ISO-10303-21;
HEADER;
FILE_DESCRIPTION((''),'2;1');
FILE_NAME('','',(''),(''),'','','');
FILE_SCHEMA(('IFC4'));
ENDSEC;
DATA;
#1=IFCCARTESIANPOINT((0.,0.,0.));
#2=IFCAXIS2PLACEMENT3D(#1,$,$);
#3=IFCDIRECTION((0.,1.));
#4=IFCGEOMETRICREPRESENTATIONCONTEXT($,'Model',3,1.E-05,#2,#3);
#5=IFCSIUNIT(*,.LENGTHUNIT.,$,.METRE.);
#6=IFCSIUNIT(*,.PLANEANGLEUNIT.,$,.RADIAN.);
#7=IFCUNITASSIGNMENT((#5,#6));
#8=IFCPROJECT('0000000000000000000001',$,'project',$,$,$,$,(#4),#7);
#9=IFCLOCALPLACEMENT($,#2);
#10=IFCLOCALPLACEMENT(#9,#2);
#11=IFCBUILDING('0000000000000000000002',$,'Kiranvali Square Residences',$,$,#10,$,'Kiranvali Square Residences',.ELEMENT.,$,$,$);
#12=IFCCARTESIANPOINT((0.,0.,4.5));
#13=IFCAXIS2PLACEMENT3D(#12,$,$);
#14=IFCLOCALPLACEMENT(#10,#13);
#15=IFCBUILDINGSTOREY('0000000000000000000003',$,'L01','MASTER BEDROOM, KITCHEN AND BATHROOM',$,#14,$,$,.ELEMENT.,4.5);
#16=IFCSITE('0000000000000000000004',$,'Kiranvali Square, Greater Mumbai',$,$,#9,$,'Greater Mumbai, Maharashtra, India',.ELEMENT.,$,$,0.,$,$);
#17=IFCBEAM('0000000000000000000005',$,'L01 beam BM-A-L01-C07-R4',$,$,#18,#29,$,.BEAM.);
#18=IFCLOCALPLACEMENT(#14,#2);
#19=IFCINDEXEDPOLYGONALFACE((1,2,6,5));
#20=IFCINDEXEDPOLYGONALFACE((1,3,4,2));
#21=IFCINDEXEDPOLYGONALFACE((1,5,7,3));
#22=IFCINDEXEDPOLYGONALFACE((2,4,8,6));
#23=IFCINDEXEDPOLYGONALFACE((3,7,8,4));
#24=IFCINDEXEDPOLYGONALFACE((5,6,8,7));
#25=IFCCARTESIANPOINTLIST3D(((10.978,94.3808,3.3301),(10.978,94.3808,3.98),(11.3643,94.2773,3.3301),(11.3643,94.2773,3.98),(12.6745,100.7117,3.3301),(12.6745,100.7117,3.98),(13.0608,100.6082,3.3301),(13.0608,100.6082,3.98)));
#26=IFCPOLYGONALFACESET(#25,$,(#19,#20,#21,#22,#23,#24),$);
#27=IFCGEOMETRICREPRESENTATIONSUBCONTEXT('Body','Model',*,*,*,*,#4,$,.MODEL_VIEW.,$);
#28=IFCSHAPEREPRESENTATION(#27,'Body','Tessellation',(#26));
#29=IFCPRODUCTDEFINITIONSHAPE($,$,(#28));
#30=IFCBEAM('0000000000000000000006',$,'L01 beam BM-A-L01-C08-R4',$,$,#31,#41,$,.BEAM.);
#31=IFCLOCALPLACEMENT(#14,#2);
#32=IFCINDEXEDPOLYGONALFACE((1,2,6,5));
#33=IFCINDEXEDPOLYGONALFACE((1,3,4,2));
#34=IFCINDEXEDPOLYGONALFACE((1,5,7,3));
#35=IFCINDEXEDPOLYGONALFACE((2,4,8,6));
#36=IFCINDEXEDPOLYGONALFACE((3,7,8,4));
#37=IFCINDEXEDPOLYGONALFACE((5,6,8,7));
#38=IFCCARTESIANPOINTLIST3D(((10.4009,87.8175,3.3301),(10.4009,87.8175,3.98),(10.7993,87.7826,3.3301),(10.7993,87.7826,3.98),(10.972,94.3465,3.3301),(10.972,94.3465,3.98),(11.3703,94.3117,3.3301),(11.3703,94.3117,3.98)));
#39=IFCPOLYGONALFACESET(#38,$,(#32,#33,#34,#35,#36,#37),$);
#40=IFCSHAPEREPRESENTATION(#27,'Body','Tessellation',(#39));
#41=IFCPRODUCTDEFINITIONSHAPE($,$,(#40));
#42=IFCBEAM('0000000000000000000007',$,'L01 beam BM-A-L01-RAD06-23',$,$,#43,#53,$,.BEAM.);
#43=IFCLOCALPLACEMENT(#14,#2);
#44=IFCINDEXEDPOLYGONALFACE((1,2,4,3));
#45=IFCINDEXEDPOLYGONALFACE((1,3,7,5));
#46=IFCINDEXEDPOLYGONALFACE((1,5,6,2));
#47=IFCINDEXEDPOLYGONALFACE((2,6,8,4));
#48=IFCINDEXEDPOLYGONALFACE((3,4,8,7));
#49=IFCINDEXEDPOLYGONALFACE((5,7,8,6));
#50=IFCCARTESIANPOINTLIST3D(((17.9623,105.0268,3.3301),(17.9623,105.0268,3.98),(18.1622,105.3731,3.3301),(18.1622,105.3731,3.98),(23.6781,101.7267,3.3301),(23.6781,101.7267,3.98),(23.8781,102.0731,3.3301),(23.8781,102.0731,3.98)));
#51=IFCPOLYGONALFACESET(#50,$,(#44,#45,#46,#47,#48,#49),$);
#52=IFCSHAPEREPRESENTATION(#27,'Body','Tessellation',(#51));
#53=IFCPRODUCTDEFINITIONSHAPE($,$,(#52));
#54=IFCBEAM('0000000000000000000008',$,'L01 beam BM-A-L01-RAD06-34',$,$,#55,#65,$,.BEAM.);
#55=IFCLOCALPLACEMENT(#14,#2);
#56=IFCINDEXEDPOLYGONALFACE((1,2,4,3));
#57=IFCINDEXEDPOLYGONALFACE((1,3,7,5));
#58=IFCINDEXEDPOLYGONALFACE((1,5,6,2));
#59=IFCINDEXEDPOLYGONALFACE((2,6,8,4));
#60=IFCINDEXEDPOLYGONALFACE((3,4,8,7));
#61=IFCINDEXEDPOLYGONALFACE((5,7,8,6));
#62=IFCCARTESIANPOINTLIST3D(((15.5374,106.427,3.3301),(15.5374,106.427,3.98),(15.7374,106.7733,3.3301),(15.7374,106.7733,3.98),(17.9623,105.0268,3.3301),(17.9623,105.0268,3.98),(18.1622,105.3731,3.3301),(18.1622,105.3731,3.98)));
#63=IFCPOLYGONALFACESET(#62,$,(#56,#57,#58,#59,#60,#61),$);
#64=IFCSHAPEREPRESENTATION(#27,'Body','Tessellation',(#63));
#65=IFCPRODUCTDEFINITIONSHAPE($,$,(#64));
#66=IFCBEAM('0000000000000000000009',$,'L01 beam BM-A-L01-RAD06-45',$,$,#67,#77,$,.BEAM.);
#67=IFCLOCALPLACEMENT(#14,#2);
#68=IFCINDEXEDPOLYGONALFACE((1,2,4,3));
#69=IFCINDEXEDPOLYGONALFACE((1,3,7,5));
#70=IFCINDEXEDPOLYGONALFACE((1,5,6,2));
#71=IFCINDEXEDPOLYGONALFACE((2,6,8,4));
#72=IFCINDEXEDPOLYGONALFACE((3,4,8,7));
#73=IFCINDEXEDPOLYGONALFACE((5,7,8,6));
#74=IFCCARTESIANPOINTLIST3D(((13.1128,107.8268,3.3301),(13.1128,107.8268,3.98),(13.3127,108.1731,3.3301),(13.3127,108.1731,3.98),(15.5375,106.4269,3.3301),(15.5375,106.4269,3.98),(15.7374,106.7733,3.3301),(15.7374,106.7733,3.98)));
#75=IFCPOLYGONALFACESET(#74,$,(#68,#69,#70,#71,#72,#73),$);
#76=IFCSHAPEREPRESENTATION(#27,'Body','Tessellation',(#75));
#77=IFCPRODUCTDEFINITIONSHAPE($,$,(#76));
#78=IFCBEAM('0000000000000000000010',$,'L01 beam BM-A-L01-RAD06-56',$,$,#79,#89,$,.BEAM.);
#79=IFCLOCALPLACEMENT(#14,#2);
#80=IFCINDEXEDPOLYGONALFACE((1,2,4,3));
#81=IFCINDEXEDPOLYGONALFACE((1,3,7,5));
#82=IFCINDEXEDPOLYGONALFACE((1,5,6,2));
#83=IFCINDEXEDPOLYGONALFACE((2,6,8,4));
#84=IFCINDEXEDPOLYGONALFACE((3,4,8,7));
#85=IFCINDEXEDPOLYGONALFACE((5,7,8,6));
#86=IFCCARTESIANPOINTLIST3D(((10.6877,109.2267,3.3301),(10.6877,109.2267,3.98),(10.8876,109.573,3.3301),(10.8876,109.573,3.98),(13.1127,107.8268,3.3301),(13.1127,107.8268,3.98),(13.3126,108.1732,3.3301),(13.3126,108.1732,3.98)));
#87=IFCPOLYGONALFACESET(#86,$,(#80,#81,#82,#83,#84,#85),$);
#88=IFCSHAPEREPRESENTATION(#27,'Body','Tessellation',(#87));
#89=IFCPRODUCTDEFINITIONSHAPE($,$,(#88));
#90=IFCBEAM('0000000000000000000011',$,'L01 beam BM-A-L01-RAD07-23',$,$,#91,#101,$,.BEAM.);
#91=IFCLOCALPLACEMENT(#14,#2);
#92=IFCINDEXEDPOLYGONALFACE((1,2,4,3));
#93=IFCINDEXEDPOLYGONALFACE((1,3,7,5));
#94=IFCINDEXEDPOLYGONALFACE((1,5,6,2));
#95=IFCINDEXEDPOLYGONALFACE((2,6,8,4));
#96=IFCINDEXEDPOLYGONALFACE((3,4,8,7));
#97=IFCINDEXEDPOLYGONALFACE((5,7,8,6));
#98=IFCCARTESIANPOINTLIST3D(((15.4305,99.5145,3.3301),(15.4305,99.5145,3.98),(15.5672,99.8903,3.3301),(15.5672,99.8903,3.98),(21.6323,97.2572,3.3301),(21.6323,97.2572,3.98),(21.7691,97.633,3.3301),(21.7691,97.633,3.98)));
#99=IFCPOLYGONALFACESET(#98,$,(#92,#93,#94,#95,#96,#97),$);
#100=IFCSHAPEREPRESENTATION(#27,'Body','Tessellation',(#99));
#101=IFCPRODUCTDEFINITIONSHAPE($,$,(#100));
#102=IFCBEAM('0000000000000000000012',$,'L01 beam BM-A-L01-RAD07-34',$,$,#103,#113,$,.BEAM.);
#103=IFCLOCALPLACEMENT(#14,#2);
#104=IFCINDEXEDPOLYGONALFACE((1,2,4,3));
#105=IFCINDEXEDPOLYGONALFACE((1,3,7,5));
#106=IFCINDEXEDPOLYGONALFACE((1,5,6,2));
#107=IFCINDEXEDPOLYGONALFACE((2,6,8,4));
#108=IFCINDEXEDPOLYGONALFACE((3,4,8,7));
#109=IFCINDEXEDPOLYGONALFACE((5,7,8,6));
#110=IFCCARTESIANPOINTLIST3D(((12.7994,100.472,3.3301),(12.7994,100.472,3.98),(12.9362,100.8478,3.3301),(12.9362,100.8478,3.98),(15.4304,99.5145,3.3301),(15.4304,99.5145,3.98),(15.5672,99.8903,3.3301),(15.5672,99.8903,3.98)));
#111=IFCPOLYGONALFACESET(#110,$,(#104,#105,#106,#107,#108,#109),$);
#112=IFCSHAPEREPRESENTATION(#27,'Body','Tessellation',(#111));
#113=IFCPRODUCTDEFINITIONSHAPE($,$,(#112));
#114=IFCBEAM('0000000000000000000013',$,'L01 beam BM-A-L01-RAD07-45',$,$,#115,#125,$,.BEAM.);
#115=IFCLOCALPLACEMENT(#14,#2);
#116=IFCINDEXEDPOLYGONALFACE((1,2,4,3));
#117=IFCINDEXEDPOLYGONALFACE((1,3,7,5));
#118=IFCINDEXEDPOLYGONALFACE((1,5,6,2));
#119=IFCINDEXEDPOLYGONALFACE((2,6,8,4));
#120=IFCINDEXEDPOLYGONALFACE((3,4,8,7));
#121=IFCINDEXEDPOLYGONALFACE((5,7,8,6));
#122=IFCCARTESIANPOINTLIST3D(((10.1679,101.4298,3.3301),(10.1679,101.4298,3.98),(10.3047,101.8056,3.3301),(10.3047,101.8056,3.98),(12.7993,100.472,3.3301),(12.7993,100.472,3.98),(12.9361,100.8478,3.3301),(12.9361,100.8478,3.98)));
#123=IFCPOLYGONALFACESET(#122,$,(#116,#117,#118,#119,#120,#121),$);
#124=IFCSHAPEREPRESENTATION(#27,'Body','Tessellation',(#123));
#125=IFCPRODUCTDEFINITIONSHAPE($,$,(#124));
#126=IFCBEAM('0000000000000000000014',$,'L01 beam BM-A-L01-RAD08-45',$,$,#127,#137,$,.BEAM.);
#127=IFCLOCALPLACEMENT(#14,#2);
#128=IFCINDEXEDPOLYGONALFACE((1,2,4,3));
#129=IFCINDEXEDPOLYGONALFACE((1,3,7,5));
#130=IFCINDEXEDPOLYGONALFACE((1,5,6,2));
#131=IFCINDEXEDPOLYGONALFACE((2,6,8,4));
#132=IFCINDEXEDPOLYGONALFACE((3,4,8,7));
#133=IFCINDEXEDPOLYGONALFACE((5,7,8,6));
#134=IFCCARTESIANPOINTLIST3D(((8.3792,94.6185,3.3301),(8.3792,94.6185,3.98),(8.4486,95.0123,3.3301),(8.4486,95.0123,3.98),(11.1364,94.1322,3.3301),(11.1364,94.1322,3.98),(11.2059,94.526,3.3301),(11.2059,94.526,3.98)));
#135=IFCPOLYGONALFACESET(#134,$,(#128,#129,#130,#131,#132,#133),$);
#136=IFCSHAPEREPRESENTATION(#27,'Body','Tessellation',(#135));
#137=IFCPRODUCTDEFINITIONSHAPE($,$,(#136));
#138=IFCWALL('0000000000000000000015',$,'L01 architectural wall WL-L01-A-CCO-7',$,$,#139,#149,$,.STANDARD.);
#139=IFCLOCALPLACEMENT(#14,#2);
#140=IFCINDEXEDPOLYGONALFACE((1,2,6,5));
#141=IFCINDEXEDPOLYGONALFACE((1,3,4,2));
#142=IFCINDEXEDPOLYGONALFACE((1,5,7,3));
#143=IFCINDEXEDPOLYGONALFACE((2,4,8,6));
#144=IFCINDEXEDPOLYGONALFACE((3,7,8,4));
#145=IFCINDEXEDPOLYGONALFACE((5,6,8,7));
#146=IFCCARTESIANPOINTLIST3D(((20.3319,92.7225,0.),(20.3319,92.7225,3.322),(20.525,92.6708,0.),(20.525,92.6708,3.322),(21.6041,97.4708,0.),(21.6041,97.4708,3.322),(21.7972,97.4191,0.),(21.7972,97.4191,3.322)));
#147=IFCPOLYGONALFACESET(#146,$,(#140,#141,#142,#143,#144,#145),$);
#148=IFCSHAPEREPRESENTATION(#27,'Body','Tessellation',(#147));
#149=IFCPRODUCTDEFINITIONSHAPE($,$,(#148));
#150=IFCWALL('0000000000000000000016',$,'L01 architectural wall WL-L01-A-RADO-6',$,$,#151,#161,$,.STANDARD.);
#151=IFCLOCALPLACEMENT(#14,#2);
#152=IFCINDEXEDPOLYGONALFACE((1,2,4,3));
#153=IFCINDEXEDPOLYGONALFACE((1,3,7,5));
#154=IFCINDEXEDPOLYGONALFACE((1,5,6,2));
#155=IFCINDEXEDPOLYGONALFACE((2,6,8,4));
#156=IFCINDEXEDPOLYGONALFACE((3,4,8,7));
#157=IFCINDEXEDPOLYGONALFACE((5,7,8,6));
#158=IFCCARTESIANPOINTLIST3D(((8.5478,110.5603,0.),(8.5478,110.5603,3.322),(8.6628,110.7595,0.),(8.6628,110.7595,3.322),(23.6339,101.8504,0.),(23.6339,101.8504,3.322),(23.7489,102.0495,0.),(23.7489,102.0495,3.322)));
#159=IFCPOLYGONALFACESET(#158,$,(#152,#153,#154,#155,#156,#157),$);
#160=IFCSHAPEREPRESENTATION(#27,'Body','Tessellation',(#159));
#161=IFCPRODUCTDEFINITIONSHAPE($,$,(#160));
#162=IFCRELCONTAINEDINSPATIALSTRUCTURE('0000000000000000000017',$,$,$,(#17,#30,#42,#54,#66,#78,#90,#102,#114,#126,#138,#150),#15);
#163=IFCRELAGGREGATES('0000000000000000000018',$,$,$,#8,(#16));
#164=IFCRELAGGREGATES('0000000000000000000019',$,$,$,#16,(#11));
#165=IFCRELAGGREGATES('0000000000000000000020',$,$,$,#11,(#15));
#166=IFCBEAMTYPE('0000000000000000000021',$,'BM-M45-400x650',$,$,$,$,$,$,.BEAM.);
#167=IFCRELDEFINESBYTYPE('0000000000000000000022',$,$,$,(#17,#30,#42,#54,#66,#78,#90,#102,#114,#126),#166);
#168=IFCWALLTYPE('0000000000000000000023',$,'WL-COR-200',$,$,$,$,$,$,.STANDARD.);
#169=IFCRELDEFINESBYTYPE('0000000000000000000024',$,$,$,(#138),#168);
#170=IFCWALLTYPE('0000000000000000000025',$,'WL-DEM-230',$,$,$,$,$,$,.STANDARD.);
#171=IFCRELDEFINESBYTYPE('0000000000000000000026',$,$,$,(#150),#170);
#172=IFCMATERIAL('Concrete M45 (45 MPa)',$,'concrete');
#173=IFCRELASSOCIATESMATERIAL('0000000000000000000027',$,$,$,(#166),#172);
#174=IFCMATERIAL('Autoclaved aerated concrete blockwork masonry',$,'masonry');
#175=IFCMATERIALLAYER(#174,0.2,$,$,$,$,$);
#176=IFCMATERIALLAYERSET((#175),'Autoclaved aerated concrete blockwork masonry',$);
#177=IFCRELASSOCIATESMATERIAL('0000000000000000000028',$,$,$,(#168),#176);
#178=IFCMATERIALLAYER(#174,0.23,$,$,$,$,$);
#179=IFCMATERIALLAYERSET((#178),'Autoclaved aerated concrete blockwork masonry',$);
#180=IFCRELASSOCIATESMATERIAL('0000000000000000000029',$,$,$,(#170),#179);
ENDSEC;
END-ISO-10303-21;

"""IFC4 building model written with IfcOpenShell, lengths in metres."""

from ifc_helpers import new_model, si_unit, direction, frame, frame_2d, origin, origin_2d, place, context, subcontext, project, spatial, rectangle, extrude, material, layer, layer_set, material_profile, profile_set, type_object, element, save


model = new_model("IFC4")

# Units and contexts
model_context = context("Model", 3, precision=1e-05, world=origin(), true_north=direction((0.0, 1.0)))
body_context = subcontext(model_context, "Body", "Model", "MODEL_VIEW")
ifc_project = project(units=[si_unit("LENGTHUNIT", "METRE"), si_unit("PLANEANGLEUNIT", "RADIAN")], contexts=[model_context])

# Site, building, storey
site_placement = place(None, origin())
site = spatial("IfcSite", under=ifc_project, at=site_placement, Name="Kiranvali Square, Greater Mumbai", LongName="Greater Mumbai, Maharashtra, India", CompositionType="ELEMENT", RefElevation=0.0)
building_placement = place(site_placement, origin())
building = spatial("IfcBuilding", under=site, at=building_placement, Name="Kiranvali Square Residences", LongName="Kiranvali Square Residences", CompositionType="ELEMENT")
storey_placement = place(building_placement, frame((0.0, 0.0, 4.5)))
storey = spatial("IfcBuildingStorey", under=building, at=storey_placement, Name="L01", Description="MASTER BEDROOM, KITCHEN AND BATHROOM", CompositionType="ELEMENT", Elevation=4.5)

# Shared definitions
ifc_material_1 = material(Name="Concrete M45 (45 MPa)", Category="concrete")

# Beams
ifc_material_profile_1 = material_profile(ifc_material_1, rectangle(XDim=0.3999, YDim=0.6499, at=origin_2d()), Name="RC 400x650")
ifc_profile_set_1 = profile_set([ifc_material_profile_1], Name="Concrete M45 (45 MPa)")
beam_type = type_object("IfcBeamType", Name="BM-M45-400x650", PredefinedType="BEAM", material=ifc_profile_set_1)
beam_1_placement = place(storey_placement, frame((12.8677, 100.6599, 3.655), z_axis=(-0.258847, -0.965918, 0.0), x_axis=(0.965918, -0.258847, 0.0)))
element("IfcBeam", 1, at=beam_1_placement, inside=storey, type_object=beam_type, Name="L01 beam BM-A-L01-C07-R4", PredefinedType="BEAM", context=body_context, shape_type="SweptSolid", body=[
    extrude(rectangle(XDim=0.3999, YDim=0.6499, at=origin_2d()), origin(), (0.0, 0.0, 1.0), 6.5542),
])
beam_2_placement = place(storey_placement, frame((11.1711, 94.3291, 3.655), z_axis=(-0.08713, -0.996197, 0.0), x_axis=(0.996197, -0.08713, 0.0)))
element("IfcBeam", 2, at=beam_2_placement, inside=storey, type_object=beam_type, Name="L01 beam BM-A-L01-C08-R4", PredefinedType="BEAM", context=body_context, shape_type="SweptSolid", body=[
    extrude(rectangle(XDim=0.3999, YDim=0.6499, at=origin_2d()), origin(), (0.0, 0.0, 1.0), 6.554),
])
beam_3_placement = place(storey_placement, frame((23.7781, 101.8999, 3.655), z_axis=(-0.866024, 0.500002, 0.0), x_axis=(-0.500002, -0.866024, 0.0)))
element("IfcBeam", 3, at=beam_3_placement, inside=storey, type_object=beam_type, Name="L01 beam BM-A-L01-RAD06-23", PredefinedType="BEAM", context=body_context, shape_type="SweptSolid", body=[
    extrude(rectangle(XDim=0.3999, YDim=0.6499, at=origin_2d()), origin(), (0.0, 0.0, 1.0), 6.6001),
])
beam_4_placement = place(storey_placement, frame((18.0623, 105.2, 3.655), z_axis=(-0.865997, 0.50005, 0.0), x_axis=(-0.50005, -0.865997, 0.0)))
element("IfcBeam", 4, at=beam_4_placement, inside=storey, type_object=beam_type, Name="L01 beam BM-A-L01-RAD06-34", PredefinedType="BEAM", context=body_context, shape_type="SweptSolid", body=[
    extrude(rectangle(XDim=0.3999, YDim=0.6499, at=origin_2d()), origin(), (0.0, 0.0, 1.0), 2.8),
])
beam_5_placement = place(storey_placement, frame((15.6375, 106.6001, 3.655), z_axis=(-0.866035, 0.499984, 0.0), x_axis=(-0.499984, -0.866035, 0.0)))
element("IfcBeam", 5, at=beam_5_placement, inside=storey, type_object=beam_type, Name="L01 beam BM-A-L01-RAD06-45", PredefinedType="BEAM", context=body_context, shape_type="SweptSolid", body=[
    extrude(rectangle(XDim=0.3999, YDim=0.6499, at=origin_2d()), origin(), (0.0, 0.0, 1.0), 2.7998),
])
beam_6_placement = place(storey_placement, frame((13.2126, 108.0, 3.655), z_axis=(-0.866056, 0.499946, 0.0), x_axis=(-0.499946, -0.866056, 0.0)))
element("IfcBeam", 6, at=beam_6_placement, inside=storey, type_object=beam_type, Name="L01 beam BM-A-L01-RAD06-56", PredefinedType="BEAM", context=body_context, shape_type="SweptSolid", body=[
    extrude(rectangle(XDim=0.3999, YDim=0.6499, at=origin_2d()), origin(), (0.0, 0.0, 1.0), 2.8),
])
beam_7_placement = place(storey_placement, frame((21.7007, 97.4451, 3.655), z_axis=(-0.939692, 0.342022, 0.0), x_axis=(-0.342022, -0.939692, 0.0)))
element("IfcBeam", 7, at=beam_7_placement, inside=storey, type_object=beam_type, Name="L01 beam BM-A-L01-RAD07-23", PredefinedType="BEAM", context=body_context, shape_type="SweptSolid", body=[
    extrude(rectangle(XDim=0.3999, YDim=0.6499, at=origin_2d()), origin(), (0.0, 0.0, 1.0), 6.5999),
])
beam_8_placement = place(storey_placement, frame((15.4988, 99.7024, 3.655), z_axis=(-0.939707, 0.341981, 0.0), x_axis=(-0.341981, -0.939707, 0.0)))
element("IfcBeam", 8, at=beam_8_placement, inside=storey, type_object=beam_type, Name="L01 beam BM-A-L01-RAD07-34", PredefinedType="BEAM", context=body_context, shape_type="SweptSolid", body=[
    extrude(rectangle(XDim=0.3999, YDim=0.6499, at=origin_2d()), origin(), (0.0, 0.0, 1.0), 2.7998),
])
beam_9_placement = place(storey_placement, frame((12.8677, 100.6599, 3.655), z_axis=(-0.939689, 0.34203, 0.0), x_axis=(-0.34203, -0.939689, 0.0)))
element("IfcBeam", 9, at=beam_9_placement, inside=storey, type_object=beam_type, Name="L01 beam BM-A-L01-RAD07-45", PredefinedType="BEAM", context=body_context, shape_type="SweptSolid", body=[
    extrude(rectangle(XDim=0.3999, YDim=0.6499, at=origin_2d()), origin(), (0.0, 0.0, 1.0), 2.8003),
])
beam_10_placement = place(storey_placement, frame((11.1711, 94.3291, 3.655), z_axis=(-0.984799, 0.173696, 0.0), x_axis=(-0.173696, -0.984799, 0.0)))
element("IfcBeam", 10, at=beam_10_placement, inside=storey, type_object=beam_type, Name="L01 beam BM-A-L01-RAD08-45", PredefinedType="BEAM", context=body_context, shape_type="SweptSolid", body=[
    extrude(rectangle(XDim=0.3999, YDim=0.6499, at=origin_2d()), origin(), (0.0, 0.0, 1.0), 2.7998),
])

# Shared definitions
ifc_material_2 = material(Name="Autoclaved aerated concrete blockwork masonry", Category="masonry")
ifc_layer_1 = layer(ifc_material_2, 0.2)
ifc_layer_set_1 = layer_set([ifc_layer_1], Name="Autoclaved aerated concrete blockwork masonry")
wall_type_1 = type_object("IfcWallType", Name="WL-COR-200", PredefinedType="STANDARD", material=ifc_layer_set_1)

# Walls
wall_1_placement = place(storey_placement, frame((21.7007, 97.4451, 0.0), z_axis=(0.0, 0.0, 1.0), x_axis=(-0.258803, -0.96593, 0.0)))
element("IfcWall", 11, at=wall_1_placement, inside=storey, type_object=wall_type_1, Name="L01 architectural wall WL-L01-A-CCO-7", PredefinedType="STANDARD", context=body_context, shape_type="SweptSolid", body=[
    extrude(rectangle(XDim=4.9158, YDim=0.2, at=frame_2d((2.458, 0.0))), origin(), (0.0, 0.0, 1.0), 3.322),
])
ifc_layer_2 = layer(ifc_material_2, 0.23)
ifc_layer_set_2 = layer_set([ifc_layer_2], Name="Autoclaved aerated concrete blockwork masonry")
wall_type_2 = type_object("IfcWallType", Name="WL-DEM-230", PredefinedType="STANDARD", material=ifc_layer_set_2)
wall_2_placement = place(storey_placement, frame((23.6914, 101.95, 0.0), z_axis=(0.0, 0.0, 1.0), x_axis=(-0.866027, 0.499998, 0.0)))
element("IfcWall", 12, at=wall_2_placement, inside=storey, type_object=wall_type_2, Name="L01 architectural wall WL-L01-A-RADO-6", PredefinedType="STANDARD", context=body_context, shape_type="SweptSolid", body=[
    extrude(rectangle(XDim=17.4199, YDim=0.23, at=frame_2d((8.71, 0.0))), origin(), (0.0, 0.0, 1.0), 3.322),
])

save(model, "model.ifc")
